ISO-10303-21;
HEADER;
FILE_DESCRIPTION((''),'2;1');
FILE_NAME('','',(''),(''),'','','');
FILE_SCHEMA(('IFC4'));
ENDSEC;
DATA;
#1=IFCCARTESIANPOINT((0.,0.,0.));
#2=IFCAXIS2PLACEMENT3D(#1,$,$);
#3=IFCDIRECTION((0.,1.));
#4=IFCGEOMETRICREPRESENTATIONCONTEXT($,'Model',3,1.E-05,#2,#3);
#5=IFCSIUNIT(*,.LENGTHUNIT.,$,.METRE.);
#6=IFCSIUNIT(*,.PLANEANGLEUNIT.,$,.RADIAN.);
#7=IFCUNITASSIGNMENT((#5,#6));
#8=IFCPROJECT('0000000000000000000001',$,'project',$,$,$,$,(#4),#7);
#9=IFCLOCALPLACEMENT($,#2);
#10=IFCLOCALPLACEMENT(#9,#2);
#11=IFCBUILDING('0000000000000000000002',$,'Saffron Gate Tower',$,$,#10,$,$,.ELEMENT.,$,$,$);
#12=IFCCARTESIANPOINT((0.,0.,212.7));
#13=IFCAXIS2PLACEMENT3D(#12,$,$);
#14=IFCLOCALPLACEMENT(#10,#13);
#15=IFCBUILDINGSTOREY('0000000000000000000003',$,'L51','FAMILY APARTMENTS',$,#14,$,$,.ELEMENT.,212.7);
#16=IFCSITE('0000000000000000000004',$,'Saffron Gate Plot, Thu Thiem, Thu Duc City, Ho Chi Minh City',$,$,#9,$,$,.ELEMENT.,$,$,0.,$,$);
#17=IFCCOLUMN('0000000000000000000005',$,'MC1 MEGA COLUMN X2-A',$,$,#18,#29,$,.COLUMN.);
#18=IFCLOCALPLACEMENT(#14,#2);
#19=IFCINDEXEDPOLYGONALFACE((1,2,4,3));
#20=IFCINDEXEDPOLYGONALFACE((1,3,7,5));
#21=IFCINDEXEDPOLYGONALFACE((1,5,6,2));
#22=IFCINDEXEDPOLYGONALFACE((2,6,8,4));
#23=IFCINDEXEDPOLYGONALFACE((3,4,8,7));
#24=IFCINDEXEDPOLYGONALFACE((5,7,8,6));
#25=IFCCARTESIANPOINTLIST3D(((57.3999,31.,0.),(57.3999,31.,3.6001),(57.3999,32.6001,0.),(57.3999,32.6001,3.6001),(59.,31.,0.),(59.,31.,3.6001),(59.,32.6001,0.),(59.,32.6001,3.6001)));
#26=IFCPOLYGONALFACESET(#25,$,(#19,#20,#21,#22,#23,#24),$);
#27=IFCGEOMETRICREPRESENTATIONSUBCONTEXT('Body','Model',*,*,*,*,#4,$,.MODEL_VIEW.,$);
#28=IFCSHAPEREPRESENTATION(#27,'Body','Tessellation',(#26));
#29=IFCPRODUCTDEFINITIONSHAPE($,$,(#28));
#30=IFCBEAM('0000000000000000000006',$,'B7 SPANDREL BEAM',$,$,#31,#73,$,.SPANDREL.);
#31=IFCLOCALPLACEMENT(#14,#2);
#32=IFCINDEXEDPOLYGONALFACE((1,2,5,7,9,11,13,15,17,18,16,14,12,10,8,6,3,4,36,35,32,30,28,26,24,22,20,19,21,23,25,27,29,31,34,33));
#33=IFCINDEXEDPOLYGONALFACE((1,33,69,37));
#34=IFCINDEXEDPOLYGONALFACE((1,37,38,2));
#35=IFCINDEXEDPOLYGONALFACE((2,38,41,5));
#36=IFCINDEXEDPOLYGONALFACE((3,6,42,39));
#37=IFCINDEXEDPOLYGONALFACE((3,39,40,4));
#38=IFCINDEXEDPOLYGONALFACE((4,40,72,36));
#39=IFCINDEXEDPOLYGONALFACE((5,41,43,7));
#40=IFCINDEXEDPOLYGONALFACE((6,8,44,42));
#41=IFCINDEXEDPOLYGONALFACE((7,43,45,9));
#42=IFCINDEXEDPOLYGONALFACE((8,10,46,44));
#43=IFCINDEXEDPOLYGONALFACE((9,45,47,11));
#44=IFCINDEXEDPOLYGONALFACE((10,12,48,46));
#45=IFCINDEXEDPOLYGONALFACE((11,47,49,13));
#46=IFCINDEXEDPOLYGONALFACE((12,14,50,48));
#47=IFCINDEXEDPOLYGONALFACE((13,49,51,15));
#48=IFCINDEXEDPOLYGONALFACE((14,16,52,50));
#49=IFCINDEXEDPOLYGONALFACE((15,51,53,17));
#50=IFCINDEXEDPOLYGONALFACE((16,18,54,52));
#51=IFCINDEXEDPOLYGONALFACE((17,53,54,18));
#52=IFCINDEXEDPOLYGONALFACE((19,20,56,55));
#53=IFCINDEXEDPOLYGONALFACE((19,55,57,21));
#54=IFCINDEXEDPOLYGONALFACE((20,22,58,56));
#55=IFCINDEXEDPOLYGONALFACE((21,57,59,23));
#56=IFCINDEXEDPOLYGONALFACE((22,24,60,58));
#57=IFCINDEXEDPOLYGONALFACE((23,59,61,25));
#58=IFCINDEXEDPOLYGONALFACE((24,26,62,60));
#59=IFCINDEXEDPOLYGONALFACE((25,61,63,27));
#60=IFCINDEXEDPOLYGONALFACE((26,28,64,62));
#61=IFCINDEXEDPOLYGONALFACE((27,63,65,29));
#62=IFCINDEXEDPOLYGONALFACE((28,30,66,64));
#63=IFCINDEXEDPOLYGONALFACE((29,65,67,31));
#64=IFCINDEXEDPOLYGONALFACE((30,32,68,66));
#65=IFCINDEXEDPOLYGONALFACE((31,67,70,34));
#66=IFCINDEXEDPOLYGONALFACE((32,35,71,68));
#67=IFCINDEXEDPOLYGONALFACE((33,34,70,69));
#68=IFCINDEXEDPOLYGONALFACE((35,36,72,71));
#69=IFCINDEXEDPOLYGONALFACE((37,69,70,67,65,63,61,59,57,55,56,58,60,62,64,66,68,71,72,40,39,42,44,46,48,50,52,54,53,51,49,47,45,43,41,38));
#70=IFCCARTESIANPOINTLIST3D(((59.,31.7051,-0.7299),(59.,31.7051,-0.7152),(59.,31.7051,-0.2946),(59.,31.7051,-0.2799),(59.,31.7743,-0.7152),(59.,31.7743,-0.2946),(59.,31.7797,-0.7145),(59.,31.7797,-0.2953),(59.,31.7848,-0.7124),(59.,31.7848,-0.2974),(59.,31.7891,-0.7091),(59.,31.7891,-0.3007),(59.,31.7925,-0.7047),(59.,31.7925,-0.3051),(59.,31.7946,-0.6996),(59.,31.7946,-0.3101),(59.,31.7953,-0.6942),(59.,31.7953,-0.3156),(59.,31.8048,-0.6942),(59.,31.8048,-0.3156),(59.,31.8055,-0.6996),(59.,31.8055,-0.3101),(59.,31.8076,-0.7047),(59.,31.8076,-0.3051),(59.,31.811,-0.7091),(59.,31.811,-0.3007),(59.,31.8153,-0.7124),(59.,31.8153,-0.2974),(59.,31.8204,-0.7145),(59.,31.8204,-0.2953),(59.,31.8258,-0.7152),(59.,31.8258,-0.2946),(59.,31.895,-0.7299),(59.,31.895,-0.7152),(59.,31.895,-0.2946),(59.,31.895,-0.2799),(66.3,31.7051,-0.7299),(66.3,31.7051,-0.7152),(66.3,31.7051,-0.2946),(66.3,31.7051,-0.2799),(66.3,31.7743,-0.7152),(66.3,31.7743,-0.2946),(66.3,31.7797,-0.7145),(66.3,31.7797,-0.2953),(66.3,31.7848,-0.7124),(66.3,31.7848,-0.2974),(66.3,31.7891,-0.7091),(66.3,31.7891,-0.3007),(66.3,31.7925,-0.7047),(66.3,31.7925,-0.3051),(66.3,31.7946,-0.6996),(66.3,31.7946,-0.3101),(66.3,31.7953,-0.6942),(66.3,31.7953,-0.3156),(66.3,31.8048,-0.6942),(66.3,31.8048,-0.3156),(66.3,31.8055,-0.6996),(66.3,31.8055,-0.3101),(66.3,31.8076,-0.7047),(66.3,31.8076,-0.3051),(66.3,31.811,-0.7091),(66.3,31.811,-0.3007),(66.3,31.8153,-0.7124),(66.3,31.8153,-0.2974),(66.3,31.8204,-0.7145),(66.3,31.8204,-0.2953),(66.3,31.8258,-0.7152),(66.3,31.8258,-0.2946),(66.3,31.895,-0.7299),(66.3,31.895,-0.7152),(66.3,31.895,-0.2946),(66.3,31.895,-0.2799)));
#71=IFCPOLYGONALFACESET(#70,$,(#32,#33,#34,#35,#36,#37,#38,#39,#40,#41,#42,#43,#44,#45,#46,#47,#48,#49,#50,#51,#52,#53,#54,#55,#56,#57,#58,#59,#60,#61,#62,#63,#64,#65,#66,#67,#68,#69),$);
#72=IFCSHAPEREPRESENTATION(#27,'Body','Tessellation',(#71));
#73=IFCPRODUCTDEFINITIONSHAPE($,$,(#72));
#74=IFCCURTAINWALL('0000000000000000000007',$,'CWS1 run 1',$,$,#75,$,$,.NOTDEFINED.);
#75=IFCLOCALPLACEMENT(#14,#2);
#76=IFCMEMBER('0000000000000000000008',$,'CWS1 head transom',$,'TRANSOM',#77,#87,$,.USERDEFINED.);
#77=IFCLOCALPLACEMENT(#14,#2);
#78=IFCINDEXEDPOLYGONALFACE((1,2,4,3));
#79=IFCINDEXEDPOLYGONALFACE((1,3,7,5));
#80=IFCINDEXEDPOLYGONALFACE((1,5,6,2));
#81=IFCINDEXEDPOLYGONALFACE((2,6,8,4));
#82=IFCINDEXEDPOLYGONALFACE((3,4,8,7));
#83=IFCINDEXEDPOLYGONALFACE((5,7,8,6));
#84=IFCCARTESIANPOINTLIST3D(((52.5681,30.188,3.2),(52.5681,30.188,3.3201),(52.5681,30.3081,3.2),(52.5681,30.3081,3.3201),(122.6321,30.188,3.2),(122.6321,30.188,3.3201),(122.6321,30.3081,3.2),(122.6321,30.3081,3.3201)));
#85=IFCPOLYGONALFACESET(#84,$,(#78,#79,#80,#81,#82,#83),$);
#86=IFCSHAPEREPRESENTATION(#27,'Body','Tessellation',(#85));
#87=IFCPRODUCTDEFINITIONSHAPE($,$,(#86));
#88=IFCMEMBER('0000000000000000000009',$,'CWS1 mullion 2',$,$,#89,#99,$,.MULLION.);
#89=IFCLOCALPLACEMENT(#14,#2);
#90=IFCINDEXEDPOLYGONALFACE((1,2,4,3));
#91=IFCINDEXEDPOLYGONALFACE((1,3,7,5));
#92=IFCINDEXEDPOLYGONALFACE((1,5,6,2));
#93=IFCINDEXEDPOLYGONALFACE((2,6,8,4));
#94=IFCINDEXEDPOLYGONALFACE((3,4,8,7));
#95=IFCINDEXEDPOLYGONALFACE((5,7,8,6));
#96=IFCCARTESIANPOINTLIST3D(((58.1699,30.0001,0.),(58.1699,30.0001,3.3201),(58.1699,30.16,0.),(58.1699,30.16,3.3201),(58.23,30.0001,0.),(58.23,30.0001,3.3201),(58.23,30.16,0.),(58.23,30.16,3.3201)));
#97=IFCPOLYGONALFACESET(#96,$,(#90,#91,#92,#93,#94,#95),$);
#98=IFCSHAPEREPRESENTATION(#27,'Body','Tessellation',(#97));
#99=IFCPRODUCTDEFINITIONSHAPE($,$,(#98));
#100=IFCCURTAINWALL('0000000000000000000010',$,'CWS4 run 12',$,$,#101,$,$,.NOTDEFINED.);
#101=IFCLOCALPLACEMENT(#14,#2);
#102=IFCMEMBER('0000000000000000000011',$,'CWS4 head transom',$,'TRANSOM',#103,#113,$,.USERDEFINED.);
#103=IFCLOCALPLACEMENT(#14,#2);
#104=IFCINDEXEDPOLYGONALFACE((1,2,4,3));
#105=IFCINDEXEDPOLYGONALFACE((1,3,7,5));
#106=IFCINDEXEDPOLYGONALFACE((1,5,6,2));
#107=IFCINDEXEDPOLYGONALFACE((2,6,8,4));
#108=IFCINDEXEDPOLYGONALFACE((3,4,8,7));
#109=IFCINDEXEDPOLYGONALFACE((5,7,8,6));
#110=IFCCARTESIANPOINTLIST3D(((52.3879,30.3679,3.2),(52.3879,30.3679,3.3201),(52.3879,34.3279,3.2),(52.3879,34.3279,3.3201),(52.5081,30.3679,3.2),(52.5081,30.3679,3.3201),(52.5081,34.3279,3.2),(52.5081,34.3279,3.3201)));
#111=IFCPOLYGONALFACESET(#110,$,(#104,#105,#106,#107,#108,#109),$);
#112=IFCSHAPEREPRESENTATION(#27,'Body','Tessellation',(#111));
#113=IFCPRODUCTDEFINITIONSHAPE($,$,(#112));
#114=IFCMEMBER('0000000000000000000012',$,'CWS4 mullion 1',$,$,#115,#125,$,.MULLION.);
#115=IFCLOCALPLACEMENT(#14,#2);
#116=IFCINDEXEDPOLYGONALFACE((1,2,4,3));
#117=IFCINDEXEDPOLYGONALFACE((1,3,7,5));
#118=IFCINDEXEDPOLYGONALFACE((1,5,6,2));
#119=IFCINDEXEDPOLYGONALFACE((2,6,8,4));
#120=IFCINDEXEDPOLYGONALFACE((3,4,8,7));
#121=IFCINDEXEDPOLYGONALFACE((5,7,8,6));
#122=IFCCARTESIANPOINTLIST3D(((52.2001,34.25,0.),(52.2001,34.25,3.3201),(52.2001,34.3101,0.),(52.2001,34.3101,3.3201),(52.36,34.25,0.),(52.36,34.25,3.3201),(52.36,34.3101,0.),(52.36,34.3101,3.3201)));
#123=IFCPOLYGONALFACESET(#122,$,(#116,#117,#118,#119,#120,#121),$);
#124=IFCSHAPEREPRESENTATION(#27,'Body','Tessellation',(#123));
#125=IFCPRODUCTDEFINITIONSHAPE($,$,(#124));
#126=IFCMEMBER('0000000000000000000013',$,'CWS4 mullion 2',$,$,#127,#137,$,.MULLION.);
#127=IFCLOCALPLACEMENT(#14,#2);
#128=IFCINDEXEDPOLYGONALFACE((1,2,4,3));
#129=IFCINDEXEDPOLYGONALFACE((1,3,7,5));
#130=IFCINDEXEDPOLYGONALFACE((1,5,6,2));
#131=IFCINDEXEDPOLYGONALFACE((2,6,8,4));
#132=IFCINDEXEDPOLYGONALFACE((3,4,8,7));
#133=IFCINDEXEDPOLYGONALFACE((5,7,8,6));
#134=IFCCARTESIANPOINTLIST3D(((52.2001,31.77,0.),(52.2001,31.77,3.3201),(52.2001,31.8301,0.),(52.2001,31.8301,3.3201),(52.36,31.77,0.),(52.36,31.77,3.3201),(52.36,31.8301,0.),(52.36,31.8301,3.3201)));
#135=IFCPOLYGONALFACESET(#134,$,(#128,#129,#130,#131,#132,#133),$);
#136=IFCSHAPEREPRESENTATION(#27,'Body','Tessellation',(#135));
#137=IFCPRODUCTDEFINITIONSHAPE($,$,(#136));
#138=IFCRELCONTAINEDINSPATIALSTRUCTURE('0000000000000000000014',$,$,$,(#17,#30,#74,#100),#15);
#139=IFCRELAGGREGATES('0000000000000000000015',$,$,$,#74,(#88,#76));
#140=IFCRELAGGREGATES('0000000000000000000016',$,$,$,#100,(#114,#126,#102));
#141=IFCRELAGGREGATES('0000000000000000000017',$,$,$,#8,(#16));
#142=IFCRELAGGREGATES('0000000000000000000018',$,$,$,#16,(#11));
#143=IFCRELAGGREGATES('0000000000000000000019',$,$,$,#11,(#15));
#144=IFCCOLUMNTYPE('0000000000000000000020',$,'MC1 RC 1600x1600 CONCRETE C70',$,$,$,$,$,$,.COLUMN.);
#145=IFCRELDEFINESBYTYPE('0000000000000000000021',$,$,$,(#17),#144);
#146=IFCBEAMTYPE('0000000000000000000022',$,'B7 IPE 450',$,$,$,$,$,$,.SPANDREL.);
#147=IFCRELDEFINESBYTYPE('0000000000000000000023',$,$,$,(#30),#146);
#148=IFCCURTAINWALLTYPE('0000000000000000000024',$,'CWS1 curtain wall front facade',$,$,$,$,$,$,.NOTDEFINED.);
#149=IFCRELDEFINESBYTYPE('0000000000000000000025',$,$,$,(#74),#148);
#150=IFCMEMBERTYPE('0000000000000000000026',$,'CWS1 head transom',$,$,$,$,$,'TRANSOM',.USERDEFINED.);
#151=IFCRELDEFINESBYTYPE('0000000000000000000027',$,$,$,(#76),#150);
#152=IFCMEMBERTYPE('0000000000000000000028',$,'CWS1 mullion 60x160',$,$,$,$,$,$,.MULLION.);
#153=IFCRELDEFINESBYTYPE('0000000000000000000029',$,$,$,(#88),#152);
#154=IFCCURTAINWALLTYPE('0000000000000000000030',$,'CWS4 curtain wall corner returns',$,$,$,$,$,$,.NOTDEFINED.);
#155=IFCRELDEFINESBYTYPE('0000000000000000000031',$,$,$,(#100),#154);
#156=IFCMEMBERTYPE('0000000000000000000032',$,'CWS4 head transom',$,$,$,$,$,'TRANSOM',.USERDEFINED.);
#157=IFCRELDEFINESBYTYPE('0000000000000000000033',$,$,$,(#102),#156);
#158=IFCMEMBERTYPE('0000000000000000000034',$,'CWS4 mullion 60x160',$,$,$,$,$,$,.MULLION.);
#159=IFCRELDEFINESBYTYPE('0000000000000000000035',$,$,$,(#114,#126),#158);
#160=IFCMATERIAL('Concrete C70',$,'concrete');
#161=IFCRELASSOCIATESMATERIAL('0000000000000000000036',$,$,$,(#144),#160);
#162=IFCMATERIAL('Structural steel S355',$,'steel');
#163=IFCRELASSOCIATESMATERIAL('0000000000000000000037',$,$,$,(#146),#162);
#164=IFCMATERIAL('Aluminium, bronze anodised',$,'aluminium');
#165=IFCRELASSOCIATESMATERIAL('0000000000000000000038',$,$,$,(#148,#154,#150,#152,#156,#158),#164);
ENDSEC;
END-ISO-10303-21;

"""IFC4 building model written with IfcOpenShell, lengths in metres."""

from ifc_helpers import new_model, si_unit, direction, frame, origin, origin_2d, place, context, subcontext, project, spatial, rectangle, i_section, extrude, material, material_profile, profile_set, type_object, element, aggregate, save


model = new_model("IFC4")

# Units and contexts
model_context = context("Model", 3, precision=1e-05, world=origin(), true_north=direction((0.0, 1.0)))
body_context = subcontext(model_context, "Body", "Model", "MODEL_VIEW")
ifc_project = project(units=[si_unit("LENGTHUNIT", "METRE"), si_unit("PLANEANGLEUNIT", "RADIAN")], contexts=[model_context])

# Site, building, storey
site_placement = place(None, origin())
site = spatial("IfcSite", under=ifc_project, at=site_placement, Name="Saffron Gate Plot, Thu Thiem, Thu Duc City, Ho Chi Minh City", CompositionType="ELEMENT", RefElevation=0.0)
building_placement = place(site_placement, origin())
building = spatial("IfcBuilding", under=site, at=building_placement, Name="Saffron Gate Tower", CompositionType="ELEMENT")
storey_placement = place(building_placement, frame((0.0, 0.0, 212.7)))
storey = spatial("IfcBuildingStorey", under=building, at=storey_placement, Name="L51", Description="FAMILY APARTMENTS", CompositionType="ELEMENT", Elevation=212.7)

# Column
ifc_material_1 = material(Name="Concrete C70", Category="concrete")
ifc_material_profile_1 = material_profile(ifc_material_1, rectangle(XDim=1.6001, YDim=1.6001, at=origin_2d()))
ifc_profile_set_1 = profile_set([ifc_material_profile_1], Name="Concrete C70")
column_type = type_object("IfcColumnType", Name="MC1 RC 1600x1600 CONCRETE C70", PredefinedType="COLUMN", material=ifc_profile_set_1)
column_placement = place(storey_placement, frame((58.2, 31.8, 0.0), z_axis=(0.0, 0.0, 1.0), x_axis=(1.0, 0.0, 0.0)))
element("IfcColumn", 1, at=column_placement, inside=storey, type_object=column_type, Name="MC1 MEGA COLUMN X2-A", PredefinedType="COLUMN", context=body_context, shape_type="SweptSolid", body=[
    extrude(rectangle(XDim=1.6001, YDim=1.6001, at=origin_2d()), origin(), (0.0, 0.0, 1.0), 3.6001),
])

# Beam
ifc_material_2 = material(Name="Structural steel S355", Category="steel")
ifc_material_profile_2 = material_profile(ifc_material_2, i_section(OverallWidth=0.1899, OverallDepth=0.45, WebThickness=0.0095, FlangeThickness=0.0146, FilletRadius=0.021, at=origin_2d()))
ifc_profile_set_2 = profile_set([ifc_material_profile_2], Name="Structural steel S355")
beam_type = type_object("IfcBeamType", Name="B7 IPE 450", PredefinedType="SPANDREL", material=ifc_profile_set_2)
beam_placement = place(storey_placement, frame((59.0, 31.8, -0.5049), z_axis=(1.0, 0.0, 0.0), x_axis=(0.0, 1.0, 0.0)))
element("IfcBeam", 2, at=beam_placement, inside=storey, type_object=beam_type, Name="B7 SPANDREL BEAM", PredefinedType="SPANDREL", context=body_context, shape_type="SweptSolid", body=[
    extrude(i_section(OverallWidth=0.1899, OverallDepth=0.45, WebThickness=0.0095, FlangeThickness=0.0146, FilletRadius=0.021, at=origin_2d()), origin(), (0.0, 0.0, 1.0), 7.3),
])

# Curtain walls, members
ifc_material_3 = material(Name="Aluminium, bronze anodised", Category="aluminium")
curtain_wall_type_1 = type_object("IfcCurtainWallType", Name="CWS1 curtain wall front facade", PredefinedType="NOTDEFINED", material=ifc_material_3)
curtain_wall_1_placement = place(storey_placement, origin())
curtain_wall_1 = element("IfcCurtainWall", 3, at=curtain_wall_1_placement, inside=storey, type_object=curtain_wall_type_1, Name="CWS1 run 1", PredefinedType="NOTDEFINED")
ifc_material_profile_3 = material_profile(ifc_material_3, rectangle(XDim=0.1201, YDim=0.1201, at=origin_2d()))
ifc_profile_set_3 = profile_set([ifc_material_profile_3], Name="Aluminium, bronze anodised")
member_type_1 = type_object("IfcMemberType", Name="CWS1 head transom", ElementType="TRANSOM", PredefinedType="USERDEFINED", material=ifc_profile_set_3)
member_1_placement = place(storey_placement, frame((52.5681, 30.248, 3.26), z_axis=(1.0, 0.0, 0.0), x_axis=(0.0, 1.0, 0.0)))
member_1 = element("IfcMember", 4, at=member_1_placement, type_object=member_type_1, Name="CWS1 head transom", ObjectType="TRANSOM", PredefinedType="USERDEFINED", context=body_context, shape_type="SweptSolid", body=[
    extrude(rectangle(XDim=0.1201, YDim=0.1201, at=origin_2d()), origin(), (0.0, 0.0, 1.0), 70.064),
])
ifc_material_profile_4 = material_profile(ifc_material_3, rectangle(XDim=0.1599, YDim=0.0601, at=origin_2d()))
ifc_profile_set_4 = profile_set([ifc_material_profile_4], Name="Aluminium, bronze anodised")
member_type_2 = type_object("IfcMemberType", Name="CWS1 mullion 60x160", PredefinedType="MULLION", material=ifc_profile_set_4)
member_2_placement = place(storey_placement, frame((58.2, 30.0801, 0.0), z_axis=(0.0, 0.0, 1.0), x_axis=(0.0, 1.0, 0.0)))
member_2 = element("IfcMember", 5, at=member_2_placement, type_object=member_type_2, Name="CWS1 mullion 2", PredefinedType="MULLION", context=body_context, shape_type="SweptSolid", body=[
    extrude(rectangle(XDim=0.1599, YDim=0.0601, at=origin_2d()), origin(), (0.0, 0.0, 1.0), 3.3201),
])
curtain_wall_type_2 = type_object("IfcCurtainWallType", Name="CWS4 curtain wall corner returns", PredefinedType="NOTDEFINED", material=ifc_material_3)
curtain_wall_2_placement = place(storey_placement, origin())
curtain_wall_2 = element("IfcCurtainWall", 6, at=curtain_wall_2_placement, inside=storey, type_object=curtain_wall_type_2, Name="CWS4 run 12", PredefinedType="NOTDEFINED")
ifc_material_profile_5 = material_profile(ifc_material_3, rectangle(XDim=0.1201, YDim=0.1201, at=origin_2d()))
ifc_profile_set_5 = profile_set([ifc_material_profile_5], Name="Aluminium, bronze anodised")
member_type_3 = type_object("IfcMemberType", Name="CWS4 head transom", ElementType="TRANSOM", PredefinedType="USERDEFINED", material=ifc_profile_set_5)
member_3_placement = place(storey_placement, frame((52.448, 34.3279, 3.26), z_axis=(0.0, -1.0, 0.0), x_axis=(1.0, 0.0, 0.0)))
member_3 = element("IfcMember", 7, at=member_3_placement, type_object=member_type_3, Name="CWS4 head transom", ObjectType="TRANSOM", PredefinedType="USERDEFINED", context=body_context, shape_type="SweptSolid", body=[
    extrude(rectangle(XDim=0.1201, YDim=0.1201, at=origin_2d()), origin(), (0.0, 0.0, 1.0), 3.96),
])
ifc_material_profile_6 = material_profile(ifc_material_3, rectangle(XDim=0.1599, YDim=0.0601, at=origin_2d()))
ifc_profile_set_6 = profile_set([ifc_material_profile_6], Name="Aluminium, bronze anodised")
member_type_4 = type_object("IfcMemberType", Name="CWS4 mullion 60x160", PredefinedType="MULLION", material=ifc_profile_set_6)
member_4_placement = place(storey_placement, frame((52.28, 34.28, 0.0), z_axis=(0.0, 0.0, 1.0), x_axis=(1.0, 0.0, 0.0)))
member_4 = element("IfcMember", 8, at=member_4_placement, type_object=member_type_4, Name="CWS4 mullion 1", PredefinedType="MULLION", context=body_context, shape_type="SweptSolid", body=[
    extrude(rectangle(XDim=0.1599, YDim=0.0601, at=origin_2d()), origin(), (0.0, 0.0, 1.0), 3.3201),
])
member_5_placement = place(storey_placement, frame((52.28, 31.8, 0.0), z_axis=(0.0, 0.0, 1.0), x_axis=(1.0, 0.0, 0.0)))
member_5 = element("IfcMember", 9, at=member_5_placement, type_object=member_type_4, Name="CWS4 mullion 2", PredefinedType="MULLION", context=body_context, shape_type="SweptSolid", body=[
    extrude(rectangle(XDim=0.1599, YDim=0.0601, at=origin_2d()), origin(), (0.0, 0.0, 1.0), 3.3201),
])

aggregate(curtain_wall_1, [member_2, member_1])

aggregate(curtain_wall_2, [member_4, member_5, member_3])

save(model, "model.ifc")
